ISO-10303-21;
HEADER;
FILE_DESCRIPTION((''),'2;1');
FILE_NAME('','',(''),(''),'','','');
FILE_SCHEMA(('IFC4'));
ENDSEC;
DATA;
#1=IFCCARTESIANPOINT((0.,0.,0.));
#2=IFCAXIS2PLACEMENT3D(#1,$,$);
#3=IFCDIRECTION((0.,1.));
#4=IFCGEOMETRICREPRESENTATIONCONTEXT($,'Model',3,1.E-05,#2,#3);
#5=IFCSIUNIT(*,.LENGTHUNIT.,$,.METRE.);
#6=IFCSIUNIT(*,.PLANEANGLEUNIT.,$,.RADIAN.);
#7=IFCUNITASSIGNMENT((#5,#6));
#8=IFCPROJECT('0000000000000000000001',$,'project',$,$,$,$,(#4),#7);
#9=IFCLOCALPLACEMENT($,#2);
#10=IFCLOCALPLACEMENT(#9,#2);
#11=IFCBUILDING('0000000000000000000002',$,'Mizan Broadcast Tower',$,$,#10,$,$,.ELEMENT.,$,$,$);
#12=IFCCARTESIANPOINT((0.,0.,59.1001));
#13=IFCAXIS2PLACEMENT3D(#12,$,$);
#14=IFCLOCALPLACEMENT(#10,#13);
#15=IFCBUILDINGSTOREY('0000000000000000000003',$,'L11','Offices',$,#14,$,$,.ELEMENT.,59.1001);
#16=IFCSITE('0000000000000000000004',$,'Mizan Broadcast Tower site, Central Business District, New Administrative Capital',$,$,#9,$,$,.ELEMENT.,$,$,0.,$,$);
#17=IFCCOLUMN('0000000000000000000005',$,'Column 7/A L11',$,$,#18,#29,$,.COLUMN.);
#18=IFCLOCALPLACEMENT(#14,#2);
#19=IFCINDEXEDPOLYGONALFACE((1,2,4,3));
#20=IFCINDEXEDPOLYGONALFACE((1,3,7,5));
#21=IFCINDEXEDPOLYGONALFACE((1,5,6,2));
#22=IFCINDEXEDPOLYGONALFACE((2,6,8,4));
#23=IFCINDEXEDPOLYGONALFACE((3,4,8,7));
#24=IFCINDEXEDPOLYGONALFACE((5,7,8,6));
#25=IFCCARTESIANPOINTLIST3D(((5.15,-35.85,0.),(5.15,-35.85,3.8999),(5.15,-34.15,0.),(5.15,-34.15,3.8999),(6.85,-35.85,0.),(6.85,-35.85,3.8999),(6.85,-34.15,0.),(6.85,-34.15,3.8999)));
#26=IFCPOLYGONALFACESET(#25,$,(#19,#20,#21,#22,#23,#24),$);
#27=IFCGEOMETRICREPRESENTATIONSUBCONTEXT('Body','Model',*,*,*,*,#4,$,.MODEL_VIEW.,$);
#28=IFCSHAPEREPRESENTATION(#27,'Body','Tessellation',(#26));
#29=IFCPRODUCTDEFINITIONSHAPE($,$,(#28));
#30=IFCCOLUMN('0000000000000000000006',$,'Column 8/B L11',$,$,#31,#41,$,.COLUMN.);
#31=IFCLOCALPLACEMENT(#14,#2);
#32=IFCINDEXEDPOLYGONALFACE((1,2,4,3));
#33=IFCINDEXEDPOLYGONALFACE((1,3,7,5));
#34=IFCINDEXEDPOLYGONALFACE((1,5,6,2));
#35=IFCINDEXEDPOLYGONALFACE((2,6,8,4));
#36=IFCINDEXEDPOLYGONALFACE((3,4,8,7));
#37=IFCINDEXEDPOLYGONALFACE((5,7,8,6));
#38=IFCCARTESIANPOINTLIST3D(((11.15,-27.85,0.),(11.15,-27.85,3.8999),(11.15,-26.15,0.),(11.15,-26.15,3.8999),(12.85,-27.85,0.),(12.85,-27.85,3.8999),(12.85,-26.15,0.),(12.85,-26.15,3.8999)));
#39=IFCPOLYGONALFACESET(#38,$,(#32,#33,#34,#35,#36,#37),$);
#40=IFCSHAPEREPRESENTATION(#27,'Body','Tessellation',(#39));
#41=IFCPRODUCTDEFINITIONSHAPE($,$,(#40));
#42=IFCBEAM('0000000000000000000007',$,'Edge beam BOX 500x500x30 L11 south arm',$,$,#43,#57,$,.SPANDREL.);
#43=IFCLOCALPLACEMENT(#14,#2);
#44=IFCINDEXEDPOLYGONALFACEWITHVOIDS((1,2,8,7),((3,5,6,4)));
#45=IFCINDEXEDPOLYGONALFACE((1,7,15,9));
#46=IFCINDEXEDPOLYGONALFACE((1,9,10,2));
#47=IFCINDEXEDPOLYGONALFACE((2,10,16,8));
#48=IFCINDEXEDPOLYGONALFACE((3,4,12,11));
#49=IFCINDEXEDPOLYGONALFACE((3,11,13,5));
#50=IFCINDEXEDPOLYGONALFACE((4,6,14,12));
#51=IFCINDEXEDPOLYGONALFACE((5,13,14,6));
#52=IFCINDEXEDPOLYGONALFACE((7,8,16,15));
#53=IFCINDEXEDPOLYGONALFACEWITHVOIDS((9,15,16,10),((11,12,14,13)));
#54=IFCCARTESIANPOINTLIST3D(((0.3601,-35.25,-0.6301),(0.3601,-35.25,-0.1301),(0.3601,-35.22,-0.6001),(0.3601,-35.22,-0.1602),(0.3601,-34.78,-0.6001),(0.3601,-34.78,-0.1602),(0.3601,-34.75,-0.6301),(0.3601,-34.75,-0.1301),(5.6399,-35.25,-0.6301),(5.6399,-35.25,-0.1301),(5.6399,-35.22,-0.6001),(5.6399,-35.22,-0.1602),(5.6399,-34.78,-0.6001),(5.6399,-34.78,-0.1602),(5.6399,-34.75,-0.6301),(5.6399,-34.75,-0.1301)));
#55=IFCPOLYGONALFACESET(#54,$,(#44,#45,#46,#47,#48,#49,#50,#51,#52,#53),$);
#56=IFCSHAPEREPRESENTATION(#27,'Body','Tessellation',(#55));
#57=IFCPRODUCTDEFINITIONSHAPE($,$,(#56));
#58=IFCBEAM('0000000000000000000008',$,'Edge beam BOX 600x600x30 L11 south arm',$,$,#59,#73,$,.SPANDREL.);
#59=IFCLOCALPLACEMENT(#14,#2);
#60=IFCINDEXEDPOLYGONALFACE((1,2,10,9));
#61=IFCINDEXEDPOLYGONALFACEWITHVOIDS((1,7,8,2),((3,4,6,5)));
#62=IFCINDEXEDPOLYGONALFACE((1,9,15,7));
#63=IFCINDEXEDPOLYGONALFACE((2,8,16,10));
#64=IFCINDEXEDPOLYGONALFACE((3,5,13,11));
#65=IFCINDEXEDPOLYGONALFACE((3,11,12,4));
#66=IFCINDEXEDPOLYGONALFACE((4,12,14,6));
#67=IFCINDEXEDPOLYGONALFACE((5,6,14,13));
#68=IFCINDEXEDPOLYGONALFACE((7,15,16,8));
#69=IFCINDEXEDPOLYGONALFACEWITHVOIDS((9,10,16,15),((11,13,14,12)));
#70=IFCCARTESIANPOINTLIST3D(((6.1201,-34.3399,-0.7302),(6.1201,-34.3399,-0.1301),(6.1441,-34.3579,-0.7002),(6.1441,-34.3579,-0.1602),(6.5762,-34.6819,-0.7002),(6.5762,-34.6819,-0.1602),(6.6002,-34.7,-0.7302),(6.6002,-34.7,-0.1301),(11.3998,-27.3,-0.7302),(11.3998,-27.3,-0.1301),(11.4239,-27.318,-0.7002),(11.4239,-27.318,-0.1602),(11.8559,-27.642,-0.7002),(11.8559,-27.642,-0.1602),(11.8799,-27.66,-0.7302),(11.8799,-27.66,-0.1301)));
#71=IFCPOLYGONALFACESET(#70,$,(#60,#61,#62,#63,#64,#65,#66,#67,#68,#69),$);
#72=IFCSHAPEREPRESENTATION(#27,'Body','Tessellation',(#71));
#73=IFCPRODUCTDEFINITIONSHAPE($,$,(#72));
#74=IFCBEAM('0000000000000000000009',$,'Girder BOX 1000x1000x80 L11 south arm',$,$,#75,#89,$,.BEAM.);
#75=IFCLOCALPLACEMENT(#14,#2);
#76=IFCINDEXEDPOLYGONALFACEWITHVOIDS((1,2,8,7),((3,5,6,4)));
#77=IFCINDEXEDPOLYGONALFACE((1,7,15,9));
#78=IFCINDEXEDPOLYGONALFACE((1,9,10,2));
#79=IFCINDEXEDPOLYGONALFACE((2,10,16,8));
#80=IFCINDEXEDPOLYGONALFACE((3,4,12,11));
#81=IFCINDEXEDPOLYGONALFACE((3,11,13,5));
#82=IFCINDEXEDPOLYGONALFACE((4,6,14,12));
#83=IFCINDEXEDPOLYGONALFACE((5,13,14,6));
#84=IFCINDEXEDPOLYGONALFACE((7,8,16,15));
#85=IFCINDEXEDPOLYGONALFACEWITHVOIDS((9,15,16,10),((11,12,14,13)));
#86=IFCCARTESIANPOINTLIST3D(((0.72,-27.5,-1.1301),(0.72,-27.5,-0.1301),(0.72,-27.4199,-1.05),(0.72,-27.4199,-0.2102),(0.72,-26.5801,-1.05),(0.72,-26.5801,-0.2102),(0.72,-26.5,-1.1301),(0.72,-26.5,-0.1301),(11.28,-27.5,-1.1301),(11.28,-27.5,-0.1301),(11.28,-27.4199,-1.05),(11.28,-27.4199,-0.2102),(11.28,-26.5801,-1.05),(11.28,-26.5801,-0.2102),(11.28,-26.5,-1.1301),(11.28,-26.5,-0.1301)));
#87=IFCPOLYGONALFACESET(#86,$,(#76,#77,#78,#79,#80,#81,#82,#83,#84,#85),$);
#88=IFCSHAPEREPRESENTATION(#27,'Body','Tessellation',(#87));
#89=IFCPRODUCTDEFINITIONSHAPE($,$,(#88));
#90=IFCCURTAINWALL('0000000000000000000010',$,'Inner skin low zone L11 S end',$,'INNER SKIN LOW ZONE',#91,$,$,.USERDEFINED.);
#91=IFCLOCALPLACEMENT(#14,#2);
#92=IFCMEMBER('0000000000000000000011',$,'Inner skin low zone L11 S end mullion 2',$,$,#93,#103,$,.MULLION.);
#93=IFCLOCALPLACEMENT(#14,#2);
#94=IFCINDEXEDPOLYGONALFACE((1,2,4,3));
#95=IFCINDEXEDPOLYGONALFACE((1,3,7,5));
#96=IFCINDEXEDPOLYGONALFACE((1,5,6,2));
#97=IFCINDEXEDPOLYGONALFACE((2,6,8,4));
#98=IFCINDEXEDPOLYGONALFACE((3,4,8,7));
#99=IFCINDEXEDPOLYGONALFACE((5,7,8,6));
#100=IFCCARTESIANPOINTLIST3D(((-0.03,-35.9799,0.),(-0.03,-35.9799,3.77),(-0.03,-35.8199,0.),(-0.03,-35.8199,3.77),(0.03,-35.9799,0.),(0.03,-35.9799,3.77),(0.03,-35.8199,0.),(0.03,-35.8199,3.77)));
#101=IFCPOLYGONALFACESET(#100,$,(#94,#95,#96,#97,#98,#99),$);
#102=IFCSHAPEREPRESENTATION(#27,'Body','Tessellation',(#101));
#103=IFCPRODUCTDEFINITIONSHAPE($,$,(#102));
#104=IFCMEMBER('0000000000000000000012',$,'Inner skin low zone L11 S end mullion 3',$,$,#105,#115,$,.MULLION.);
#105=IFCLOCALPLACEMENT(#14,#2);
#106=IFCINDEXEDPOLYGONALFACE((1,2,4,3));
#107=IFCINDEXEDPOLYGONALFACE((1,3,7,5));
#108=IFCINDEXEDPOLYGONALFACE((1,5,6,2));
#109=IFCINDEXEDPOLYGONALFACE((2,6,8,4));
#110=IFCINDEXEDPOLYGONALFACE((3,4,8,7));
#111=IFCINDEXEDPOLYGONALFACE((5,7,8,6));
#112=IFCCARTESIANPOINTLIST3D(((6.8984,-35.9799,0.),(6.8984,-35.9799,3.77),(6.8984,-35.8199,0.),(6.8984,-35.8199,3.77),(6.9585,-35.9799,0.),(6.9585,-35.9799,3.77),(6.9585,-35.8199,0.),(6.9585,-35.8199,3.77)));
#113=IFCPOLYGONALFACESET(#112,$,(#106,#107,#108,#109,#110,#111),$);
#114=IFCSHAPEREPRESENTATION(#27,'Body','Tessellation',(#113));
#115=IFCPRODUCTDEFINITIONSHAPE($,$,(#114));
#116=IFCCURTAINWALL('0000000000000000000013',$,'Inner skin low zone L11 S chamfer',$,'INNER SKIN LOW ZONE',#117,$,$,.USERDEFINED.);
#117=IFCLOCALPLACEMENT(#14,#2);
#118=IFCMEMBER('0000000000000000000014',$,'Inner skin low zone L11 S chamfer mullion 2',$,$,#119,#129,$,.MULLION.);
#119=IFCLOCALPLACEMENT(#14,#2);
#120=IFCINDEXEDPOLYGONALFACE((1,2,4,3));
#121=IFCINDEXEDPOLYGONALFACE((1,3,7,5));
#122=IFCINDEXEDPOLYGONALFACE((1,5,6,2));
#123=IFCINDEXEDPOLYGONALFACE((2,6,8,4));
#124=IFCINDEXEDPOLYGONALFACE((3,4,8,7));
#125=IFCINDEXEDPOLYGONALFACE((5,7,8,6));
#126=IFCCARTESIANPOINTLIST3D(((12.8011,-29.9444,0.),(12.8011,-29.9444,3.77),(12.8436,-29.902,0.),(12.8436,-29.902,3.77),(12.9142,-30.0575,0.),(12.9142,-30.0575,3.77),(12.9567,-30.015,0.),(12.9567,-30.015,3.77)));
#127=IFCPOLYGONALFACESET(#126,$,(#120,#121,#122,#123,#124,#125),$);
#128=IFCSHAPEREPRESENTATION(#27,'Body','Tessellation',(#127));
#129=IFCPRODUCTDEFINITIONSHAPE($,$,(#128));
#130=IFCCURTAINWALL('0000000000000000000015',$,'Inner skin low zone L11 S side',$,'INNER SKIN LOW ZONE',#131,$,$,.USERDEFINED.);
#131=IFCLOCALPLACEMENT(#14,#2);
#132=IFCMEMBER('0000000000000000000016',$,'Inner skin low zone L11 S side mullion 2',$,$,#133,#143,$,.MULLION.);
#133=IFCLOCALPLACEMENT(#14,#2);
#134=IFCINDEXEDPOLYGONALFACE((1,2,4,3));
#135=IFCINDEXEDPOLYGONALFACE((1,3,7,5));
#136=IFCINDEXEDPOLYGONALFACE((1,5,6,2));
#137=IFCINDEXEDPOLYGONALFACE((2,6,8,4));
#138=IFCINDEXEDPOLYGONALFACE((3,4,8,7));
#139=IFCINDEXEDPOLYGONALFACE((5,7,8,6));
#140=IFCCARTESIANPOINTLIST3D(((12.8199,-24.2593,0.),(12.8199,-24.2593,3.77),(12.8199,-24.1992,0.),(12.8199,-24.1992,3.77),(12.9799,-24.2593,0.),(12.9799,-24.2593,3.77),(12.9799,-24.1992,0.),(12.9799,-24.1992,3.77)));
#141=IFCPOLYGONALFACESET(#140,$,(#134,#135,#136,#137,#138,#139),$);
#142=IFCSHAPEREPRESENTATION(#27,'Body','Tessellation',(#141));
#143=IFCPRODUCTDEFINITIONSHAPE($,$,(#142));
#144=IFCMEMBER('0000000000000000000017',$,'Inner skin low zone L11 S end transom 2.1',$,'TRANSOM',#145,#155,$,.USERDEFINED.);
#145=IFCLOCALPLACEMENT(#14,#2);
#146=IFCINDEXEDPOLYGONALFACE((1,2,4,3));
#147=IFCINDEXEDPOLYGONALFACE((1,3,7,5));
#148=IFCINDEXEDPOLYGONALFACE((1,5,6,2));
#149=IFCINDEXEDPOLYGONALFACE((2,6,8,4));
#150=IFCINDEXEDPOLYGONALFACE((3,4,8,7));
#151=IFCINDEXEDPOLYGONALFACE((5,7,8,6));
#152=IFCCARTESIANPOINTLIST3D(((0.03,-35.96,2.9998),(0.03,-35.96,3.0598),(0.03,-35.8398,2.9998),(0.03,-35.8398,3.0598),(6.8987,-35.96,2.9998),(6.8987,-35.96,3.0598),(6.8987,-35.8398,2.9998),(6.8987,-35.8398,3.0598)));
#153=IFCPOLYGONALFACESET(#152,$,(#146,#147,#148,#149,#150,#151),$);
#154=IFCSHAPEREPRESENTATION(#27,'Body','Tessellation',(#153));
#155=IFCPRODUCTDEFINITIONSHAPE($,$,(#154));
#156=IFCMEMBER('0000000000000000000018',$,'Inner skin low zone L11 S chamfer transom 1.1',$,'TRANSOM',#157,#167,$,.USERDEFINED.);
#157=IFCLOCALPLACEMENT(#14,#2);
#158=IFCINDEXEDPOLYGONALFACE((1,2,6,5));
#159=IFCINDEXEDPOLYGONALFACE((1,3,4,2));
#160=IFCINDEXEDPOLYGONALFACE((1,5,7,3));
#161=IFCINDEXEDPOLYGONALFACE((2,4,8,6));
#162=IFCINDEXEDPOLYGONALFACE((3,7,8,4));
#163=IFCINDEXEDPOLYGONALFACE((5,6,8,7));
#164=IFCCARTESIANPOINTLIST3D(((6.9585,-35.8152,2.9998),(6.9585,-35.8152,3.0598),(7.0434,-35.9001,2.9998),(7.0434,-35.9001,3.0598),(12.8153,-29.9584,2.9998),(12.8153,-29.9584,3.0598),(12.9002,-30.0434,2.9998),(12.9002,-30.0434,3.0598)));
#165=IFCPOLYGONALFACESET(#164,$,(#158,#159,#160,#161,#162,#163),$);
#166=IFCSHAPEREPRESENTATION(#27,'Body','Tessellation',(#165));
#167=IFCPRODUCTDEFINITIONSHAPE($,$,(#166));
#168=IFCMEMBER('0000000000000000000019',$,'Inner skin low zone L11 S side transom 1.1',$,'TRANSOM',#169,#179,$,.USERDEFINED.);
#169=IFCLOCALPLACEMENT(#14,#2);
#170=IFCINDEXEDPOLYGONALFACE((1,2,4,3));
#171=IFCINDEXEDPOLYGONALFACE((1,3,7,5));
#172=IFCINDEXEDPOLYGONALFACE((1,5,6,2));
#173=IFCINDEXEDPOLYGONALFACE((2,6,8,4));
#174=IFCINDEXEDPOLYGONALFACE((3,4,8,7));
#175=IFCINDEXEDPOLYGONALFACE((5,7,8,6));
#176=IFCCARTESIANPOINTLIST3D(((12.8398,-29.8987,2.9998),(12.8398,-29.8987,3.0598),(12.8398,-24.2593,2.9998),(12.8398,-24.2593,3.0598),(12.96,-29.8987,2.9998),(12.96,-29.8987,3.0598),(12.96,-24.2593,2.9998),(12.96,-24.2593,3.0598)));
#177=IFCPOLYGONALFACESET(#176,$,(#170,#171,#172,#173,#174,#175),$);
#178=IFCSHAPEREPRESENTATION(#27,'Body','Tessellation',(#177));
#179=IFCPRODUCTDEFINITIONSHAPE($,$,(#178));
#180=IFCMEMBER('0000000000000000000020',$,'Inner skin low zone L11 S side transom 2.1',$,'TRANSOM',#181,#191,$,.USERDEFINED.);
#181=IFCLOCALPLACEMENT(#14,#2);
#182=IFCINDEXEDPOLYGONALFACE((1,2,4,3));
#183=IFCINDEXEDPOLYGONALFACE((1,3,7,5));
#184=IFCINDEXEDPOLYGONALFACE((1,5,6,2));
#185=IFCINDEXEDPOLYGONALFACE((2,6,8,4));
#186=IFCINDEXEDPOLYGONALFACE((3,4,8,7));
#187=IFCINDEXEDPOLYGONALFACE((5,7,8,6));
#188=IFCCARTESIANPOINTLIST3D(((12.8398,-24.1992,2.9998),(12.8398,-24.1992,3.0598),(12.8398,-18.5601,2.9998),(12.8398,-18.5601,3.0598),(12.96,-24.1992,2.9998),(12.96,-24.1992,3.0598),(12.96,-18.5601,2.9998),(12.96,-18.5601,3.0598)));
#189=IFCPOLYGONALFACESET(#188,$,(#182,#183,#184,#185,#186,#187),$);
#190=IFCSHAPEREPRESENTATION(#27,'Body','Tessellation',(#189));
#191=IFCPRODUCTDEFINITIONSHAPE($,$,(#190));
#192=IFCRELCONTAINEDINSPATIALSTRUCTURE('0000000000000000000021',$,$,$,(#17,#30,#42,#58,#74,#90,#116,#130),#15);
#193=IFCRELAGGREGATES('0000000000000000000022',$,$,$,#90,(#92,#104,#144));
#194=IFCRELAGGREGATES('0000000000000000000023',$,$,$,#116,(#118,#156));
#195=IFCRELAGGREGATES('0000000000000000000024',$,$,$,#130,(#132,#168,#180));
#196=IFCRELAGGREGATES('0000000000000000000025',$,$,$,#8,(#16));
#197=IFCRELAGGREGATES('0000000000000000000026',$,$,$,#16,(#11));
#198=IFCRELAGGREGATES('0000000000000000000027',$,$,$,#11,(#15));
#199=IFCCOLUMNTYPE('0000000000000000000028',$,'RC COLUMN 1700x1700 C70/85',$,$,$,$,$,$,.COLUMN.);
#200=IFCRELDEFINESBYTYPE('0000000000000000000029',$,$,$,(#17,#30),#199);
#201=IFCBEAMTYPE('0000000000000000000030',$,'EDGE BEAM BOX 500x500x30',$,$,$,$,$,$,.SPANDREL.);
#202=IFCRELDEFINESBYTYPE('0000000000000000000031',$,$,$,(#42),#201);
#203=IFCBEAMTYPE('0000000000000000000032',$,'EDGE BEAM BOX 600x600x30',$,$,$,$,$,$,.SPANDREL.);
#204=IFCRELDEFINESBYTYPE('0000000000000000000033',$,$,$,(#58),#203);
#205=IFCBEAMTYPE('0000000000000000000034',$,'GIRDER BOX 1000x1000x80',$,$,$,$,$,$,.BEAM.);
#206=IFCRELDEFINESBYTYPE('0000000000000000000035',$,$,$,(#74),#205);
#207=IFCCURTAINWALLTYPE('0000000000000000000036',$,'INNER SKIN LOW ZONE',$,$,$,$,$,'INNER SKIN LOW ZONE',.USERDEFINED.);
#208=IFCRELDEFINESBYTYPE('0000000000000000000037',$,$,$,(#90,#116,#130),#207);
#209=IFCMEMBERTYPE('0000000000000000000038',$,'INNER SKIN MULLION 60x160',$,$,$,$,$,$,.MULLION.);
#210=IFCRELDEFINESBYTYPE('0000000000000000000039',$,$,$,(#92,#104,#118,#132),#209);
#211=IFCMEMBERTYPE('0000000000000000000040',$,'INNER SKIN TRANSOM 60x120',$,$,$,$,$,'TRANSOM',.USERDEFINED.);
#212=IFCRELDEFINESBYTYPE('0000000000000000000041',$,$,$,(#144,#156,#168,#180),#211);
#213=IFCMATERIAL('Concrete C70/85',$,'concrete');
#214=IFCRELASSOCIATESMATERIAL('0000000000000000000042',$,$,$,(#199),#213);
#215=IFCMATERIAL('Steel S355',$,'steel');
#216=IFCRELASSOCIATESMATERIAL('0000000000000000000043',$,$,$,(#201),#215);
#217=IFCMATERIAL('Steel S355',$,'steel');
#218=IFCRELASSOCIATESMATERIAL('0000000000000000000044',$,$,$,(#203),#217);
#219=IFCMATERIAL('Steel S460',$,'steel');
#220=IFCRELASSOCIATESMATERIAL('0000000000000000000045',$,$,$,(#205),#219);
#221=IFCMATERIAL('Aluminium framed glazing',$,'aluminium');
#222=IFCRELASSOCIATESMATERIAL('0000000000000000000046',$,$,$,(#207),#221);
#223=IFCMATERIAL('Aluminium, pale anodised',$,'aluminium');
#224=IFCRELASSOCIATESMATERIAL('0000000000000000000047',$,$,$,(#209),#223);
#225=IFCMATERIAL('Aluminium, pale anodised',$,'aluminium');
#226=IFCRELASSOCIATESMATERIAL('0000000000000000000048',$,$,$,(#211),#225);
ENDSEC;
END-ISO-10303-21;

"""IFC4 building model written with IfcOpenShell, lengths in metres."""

from ifc_helpers import new_model, si_unit, direction, frame, origin, origin_2d, place, context, subcontext, project, spatial, rectangle, hollow_rectangle, extrude, material, material_profile, profile_set, type_object, element, aggregate, save


model = new_model("IFC4")

# Units and contexts
model_context = context("Model", 3, precision=1e-05, world=origin(), true_north=direction((0.0, 1.0)))
body_context = subcontext(model_context, "Body", "Model", "MODEL_VIEW")
ifc_project = project(units=[si_unit("LENGTHUNIT", "METRE"), si_unit("PLANEANGLEUNIT", "RADIAN")], contexts=[model_context])

# Site, building, storey
site_placement = place(None, origin())
site = spatial("IfcSite", under=ifc_project, at=site_placement, Name="Mizan Broadcast Tower site, Central Business District, New Administrative Capital", CompositionType="ELEMENT", RefElevation=0.0)
building_placement = place(site_placement, origin())
building = spatial("IfcBuilding", under=site, at=building_placement, Name="Mizan Broadcast Tower", CompositionType="ELEMENT")
storey_placement = place(building_placement, frame((0.0, 0.0, 59.1001)))
storey = spatial("IfcBuildingStorey", under=building, at=storey_placement, Name="L11", Description="Offices", CompositionType="ELEMENT", Elevation=59.1001)

# Columns
ifc_material_1 = material(Name="Concrete C70/85", Category="concrete")
ifc_material_profile_1 = material_profile(ifc_material_1, rectangle(XDim=1.7, YDim=1.7, at=origin_2d()), Name="RC 1700x1700")
ifc_profile_set_1 = profile_set([ifc_material_profile_1], Name="Concrete C70/85")
column_type = type_object("IfcColumnType", Name="RC COLUMN 1700x1700 C70/85", PredefinedType="COLUMN", material=ifc_profile_set_1)
for number, where, z_axis, x_axis, name in (
    (1, (6.0, -35.0, 0.0), (0.0, 0.0, 1.0), (1.0, 0.0, 0.0), "Column 7/A L11"),
    (2, (12.0, -27.0, 0.0), (0.0, 0.0, 1.0), (1.0, 0.0, 0.0), "Column 8/B L11"),
):
    element("IfcColumn", number, at=place(storey_placement, frame(where, z_axis=z_axis, x_axis=x_axis)), inside=storey, type_object=column_type, Name=name, PredefinedType="COLUMN", context=body_context, shape_type="SweptSolid", body=[
        extrude(rectangle(XDim=1.7, YDim=1.7, at=origin_2d()), origin(), (0.0, 0.0, 1.0), 3.8999),
    ])

# Beams
ifc_material_2 = material(Name="Steel S355", Category="steel")
ifc_material_profile_2 = material_profile(ifc_material_2, hollow_rectangle(XDim=0.5, YDim=0.5, WallThickness=0.03, at=origin_2d()), Name="BOX 500x500x30")
ifc_profile_set_2 = profile_set([ifc_material_profile_2], Name="Steel S355")
beam_type_1 = type_object("IfcBeamType", Name="EDGE BEAM BOX 500x500x30", PredefinedType="SPANDREL", material=ifc_profile_set_2)
beam_1_placement = place(storey_placement, frame((5.6399, -35.0, -0.3801), z_axis=(-1.0, 0.0, 0.0), x_axis=(0.0, -1.0, 0.0)))
element("IfcBeam", 3, at=beam_1_placement, inside=storey, type_object=beam_type_1, Name="Edge beam BOX 500x500x30 L11 south arm", PredefinedType="SPANDREL", context=body_context, shape_type="SweptSolid", body=[
    extrude(hollow_rectangle(XDim=0.5, YDim=0.5, WallThickness=0.03, at=origin_2d()), origin(), (0.0, 0.0, 1.0), 5.2798),
])
ifc_material_3 = material(Name="Steel S355", Category="steel")
ifc_material_profile_3 = material_profile(ifc_material_3, hollow_rectangle(XDim=0.6001, YDim=0.6001, WallThickness=0.03, at=origin_2d()), Name="BOX 600x600x30")
ifc_profile_set_3 = profile_set([ifc_material_profile_3], Name="Steel S355")
beam_type_2 = type_object("IfcBeamType", Name="EDGE BEAM BOX 600x600x30", PredefinedType="SPANDREL", material=ifc_profile_set_3)
beam_2_placement = place(storey_placement, frame((11.6399, -27.48, -0.4302), z_axis=(-0.599982, -0.800013, 0.0), x_axis=(0.800013, -0.599982, 0.0)))
element("IfcBeam", 4, at=beam_2_placement, inside=storey, type_object=beam_type_2, Name="Edge beam BOX 600x600x30 L11 south arm", PredefinedType="SPANDREL", context=body_context, shape_type="SweptSolid", body=[
    extrude(hollow_rectangle(XDim=0.6001, YDim=0.6001, WallThickness=0.03, at=origin_2d()), origin(), (0.0, 0.0, 1.0), 8.7998),
])
ifc_material_4 = material(Name="Steel S460", Category="steel")
ifc_material_profile_4 = material_profile(ifc_material_4, hollow_rectangle(XDim=1.0, YDim=1.0, WallThickness=0.0801, at=origin_2d()), Name="BOX 1000x1000x80")
ifc_profile_set_4 = profile_set([ifc_material_profile_4], Name="Steel S460")
beam_type_3 = type_object("IfcBeamType", Name="GIRDER BOX 1000x1000x80", PredefinedType="BEAM", material=ifc_profile_set_4)
beam_3_placement = place(storey_placement, frame((11.28, -27.0, -0.6301), z_axis=(-1.0, 0.0, 0.0), x_axis=(0.0, -1.0, 0.0)))
element("IfcBeam", 5, at=beam_3_placement, inside=storey, type_object=beam_type_3, Name="Girder BOX 1000x1000x80 L11 south arm", PredefinedType="BEAM", context=body_context, shape_type="SweptSolid", body=[
    extrude(hollow_rectangle(XDim=1.0, YDim=1.0, WallThickness=0.0801, at=origin_2d()), origin(), (0.0, 0.0, 1.0), 10.5601),
])

# Curtain wall, members
ifc_material_5 = material(Name="Aluminium framed glazing", Category="aluminium")
curtain_wall_type_1 = type_object("IfcCurtainWallType", Name="INNER SKIN LOW ZONE", ElementType="INNER SKIN LOW ZONE", PredefinedType="USERDEFINED", material=ifc_material_5)
curtain_wall_1_placement = place(storey_placement, origin())
curtain_wall_1 = element("IfcCurtainWall", 6, at=curtain_wall_1_placement, inside=storey, type_object=curtain_wall_type_1, Name="Inner skin low zone L11 S end", ObjectType="INNER SKIN LOW ZONE", PredefinedType="USERDEFINED")
ifc_material_6 = material(Name="Aluminium, pale anodised", Category="aluminium")
ifc_material_profile_5 = material_profile(ifc_material_6, rectangle(XDim=0.1599, YDim=0.0601, at=origin_2d()), Name="MULLION 160x60")
ifc_profile_set_5 = profile_set([ifc_material_profile_5], Name="Aluminium, pale anodised")
member_type_1 = type_object("IfcMemberType", Name="INNER SKIN MULLION 60x160", PredefinedType="MULLION", material=ifc_profile_set_5)
member_1_placement = place(storey_placement, frame((0.0, -35.8999, 0.0), z_axis=(0.0, 0.0, 1.0), x_axis=(0.0, 1.0, 0.0)))
member_1 = element("IfcMember", 7, at=member_1_placement, type_object=member_type_1, Name="Inner skin low zone L11 S end mullion 2", PredefinedType="MULLION", context=body_context, shape_type="SweptSolid", body=[
    extrude(rectangle(XDim=0.1599, YDim=0.0601, at=origin_2d()), origin(), (0.0, 0.0, 1.0), 3.77),
])
member_2_placement = place(storey_placement, frame((6.9285, -35.8999, 0.0), z_axis=(0.0, 0.0, 1.0), x_axis=(0.0, 1.0, 0.0)))
member_2 = element("IfcMember", 8, at=member_2_placement, type_object=member_type_1, Name="Inner skin low zone L11 S end mullion 3", PredefinedType="MULLION", context=body_context, shape_type="SweptSolid", body=[
    extrude(rectangle(XDim=0.1599, YDim=0.0601, at=origin_2d()), origin(), (0.0, 0.0, 1.0), 3.77),
])

# Curtain walls, members
curtain_wall_2_placement = place(storey_placement, origin())
curtain_wall_2 = element("IfcCurtainWall", 9, at=curtain_wall_2_placement, inside=storey, type_object=curtain_wall_type_1, Name="Inner skin low zone L11 S chamfer", ObjectType="INNER SKIN LOW ZONE", PredefinedType="USERDEFINED")
member_3_placement = place(storey_placement, frame((12.8789, -29.9797, 0.0), z_axis=(0.0, 0.0, 1.0), x_axis=(-0.707107, 0.707107, 0.0)))
member_3 = element("IfcMember", 10, at=member_3_placement, type_object=member_type_1, Name="Inner skin low zone L11 S chamfer mullion 2", PredefinedType="MULLION", context=body_context, shape_type="SweptSolid", body=[
    extrude(rectangle(XDim=0.1599, YDim=0.0601, at=origin_2d()), origin(), (0.0, 0.0, 1.0), 3.77),
])
curtain_wall_3_placement = place(storey_placement, origin())
curtain_wall_3 = element("IfcCurtainWall", 11, at=curtain_wall_3_placement, inside=storey, type_object=curtain_wall_type_1, Name="Inner skin low zone L11 S side", ObjectType="INNER SKIN LOW ZONE", PredefinedType="USERDEFINED")
member_4_placement = place(storey_placement, frame((12.8999, -24.2292, 0.0), z_axis=(0.0, 0.0, 1.0), x_axis=(-1.0, 0.0, 0.0)))
member_4 = element("IfcMember", 12, at=member_4_placement, type_object=member_type_1, Name="Inner skin low zone L11 S side mullion 2", PredefinedType="MULLION", context=body_context, shape_type="SweptSolid", body=[
    extrude(rectangle(XDim=0.1599, YDim=0.0601, at=origin_2d()), origin(), (0.0, 0.0, 1.0), 3.77),
])

# Members
ifc_material_7 = material(Name="Aluminium, pale anodised", Category="aluminium")
ifc_material_profile_6 = material_profile(ifc_material_7, rectangle(XDim=0.1201, YDim=0.0601, at=origin_2d()), Name="TRANSOM 120x60")
ifc_profile_set_6 = profile_set([ifc_material_profile_6], Name="Aluminium, pale anodised")
member_type_2 = type_object("IfcMemberType", Name="INNER SKIN TRANSOM 60x120", ElementType="TRANSOM", PredefinedType="USERDEFINED", material=ifc_profile_set_6)
member_5_placement = place(storey_placement, frame((0.03, -35.8999, 3.0298), z_axis=(1.0, 0.0, 0.0), x_axis=(0.0, 1.0, 0.0)))
member_5 = element("IfcMember", 13, at=member_5_placement, type_object=member_type_2, Name="Inner skin low zone L11 S end transom 2.1", ObjectType="TRANSOM", PredefinedType="USERDEFINED", context=body_context, shape_type="SweptSolid", body=[
    extrude(rectangle(XDim=0.1201, YDim=0.0601, at=origin_2d()), origin(), (0.0, 0.0, 1.0), 6.8687),
])
member_6_placement = place(storey_placement, frame((7.001, -35.8577, 3.0298), z_axis=(0.707107, 0.707107, 0.0), x_axis=(-0.707107, 0.707107, 0.0)))
member_6 = element("IfcMember", 14, at=member_6_placement, type_object=member_type_2, Name="Inner skin low zone L11 S chamfer transom 1.1", ObjectType="TRANSOM", PredefinedType="USERDEFINED", context=body_context, shape_type="SweptSolid", body=[
    extrude(rectangle(XDim=0.1201, YDim=0.0601, at=origin_2d()), origin(), (0.0, 0.0, 1.0), 8.2827),
])
member_7_placement = place(storey_placement, frame((12.8999, -29.8987, 3.0298), z_axis=(0.0, 1.0, 0.0), x_axis=(-1.0, 0.0, 0.0)))
member_7 = element("IfcMember", 15, at=member_7_placement, type_object=member_type_2, Name="Inner skin low zone L11 S side transom 1.1", ObjectType="TRANSOM", PredefinedType="USERDEFINED", context=body_context, shape_type="SweptSolid", body=[
    extrude(rectangle(XDim=0.1201, YDim=0.0601, at=origin_2d()), origin(), (0.0, 0.0, 1.0), 5.6394),
])
member_8_placement = place(storey_placement, frame((12.8999, -24.1992, 3.0298), z_axis=(0.0, 1.0, 0.0), x_axis=(-1.0, 0.0, 0.0)))
member_8 = element("IfcMember", 16, at=member_8_placement, type_object=member_type_2, Name="Inner skin low zone L11 S side transom 2.1", ObjectType="TRANSOM", PredefinedType="USERDEFINED", context=body_context, shape_type="SweptSolid", body=[
    extrude(rectangle(XDim=0.1201, YDim=0.0601, at=origin_2d()), origin(), (0.0, 0.0, 1.0), 5.6392),
])

aggregate(curtain_wall_1, [member_1, member_2, member_5])
aggregate(curtain_wall_2, [member_3, member_6])
aggregate(curtain_wall_3, [member_4, member_7, member_8])

save(model, "model.ifc")
